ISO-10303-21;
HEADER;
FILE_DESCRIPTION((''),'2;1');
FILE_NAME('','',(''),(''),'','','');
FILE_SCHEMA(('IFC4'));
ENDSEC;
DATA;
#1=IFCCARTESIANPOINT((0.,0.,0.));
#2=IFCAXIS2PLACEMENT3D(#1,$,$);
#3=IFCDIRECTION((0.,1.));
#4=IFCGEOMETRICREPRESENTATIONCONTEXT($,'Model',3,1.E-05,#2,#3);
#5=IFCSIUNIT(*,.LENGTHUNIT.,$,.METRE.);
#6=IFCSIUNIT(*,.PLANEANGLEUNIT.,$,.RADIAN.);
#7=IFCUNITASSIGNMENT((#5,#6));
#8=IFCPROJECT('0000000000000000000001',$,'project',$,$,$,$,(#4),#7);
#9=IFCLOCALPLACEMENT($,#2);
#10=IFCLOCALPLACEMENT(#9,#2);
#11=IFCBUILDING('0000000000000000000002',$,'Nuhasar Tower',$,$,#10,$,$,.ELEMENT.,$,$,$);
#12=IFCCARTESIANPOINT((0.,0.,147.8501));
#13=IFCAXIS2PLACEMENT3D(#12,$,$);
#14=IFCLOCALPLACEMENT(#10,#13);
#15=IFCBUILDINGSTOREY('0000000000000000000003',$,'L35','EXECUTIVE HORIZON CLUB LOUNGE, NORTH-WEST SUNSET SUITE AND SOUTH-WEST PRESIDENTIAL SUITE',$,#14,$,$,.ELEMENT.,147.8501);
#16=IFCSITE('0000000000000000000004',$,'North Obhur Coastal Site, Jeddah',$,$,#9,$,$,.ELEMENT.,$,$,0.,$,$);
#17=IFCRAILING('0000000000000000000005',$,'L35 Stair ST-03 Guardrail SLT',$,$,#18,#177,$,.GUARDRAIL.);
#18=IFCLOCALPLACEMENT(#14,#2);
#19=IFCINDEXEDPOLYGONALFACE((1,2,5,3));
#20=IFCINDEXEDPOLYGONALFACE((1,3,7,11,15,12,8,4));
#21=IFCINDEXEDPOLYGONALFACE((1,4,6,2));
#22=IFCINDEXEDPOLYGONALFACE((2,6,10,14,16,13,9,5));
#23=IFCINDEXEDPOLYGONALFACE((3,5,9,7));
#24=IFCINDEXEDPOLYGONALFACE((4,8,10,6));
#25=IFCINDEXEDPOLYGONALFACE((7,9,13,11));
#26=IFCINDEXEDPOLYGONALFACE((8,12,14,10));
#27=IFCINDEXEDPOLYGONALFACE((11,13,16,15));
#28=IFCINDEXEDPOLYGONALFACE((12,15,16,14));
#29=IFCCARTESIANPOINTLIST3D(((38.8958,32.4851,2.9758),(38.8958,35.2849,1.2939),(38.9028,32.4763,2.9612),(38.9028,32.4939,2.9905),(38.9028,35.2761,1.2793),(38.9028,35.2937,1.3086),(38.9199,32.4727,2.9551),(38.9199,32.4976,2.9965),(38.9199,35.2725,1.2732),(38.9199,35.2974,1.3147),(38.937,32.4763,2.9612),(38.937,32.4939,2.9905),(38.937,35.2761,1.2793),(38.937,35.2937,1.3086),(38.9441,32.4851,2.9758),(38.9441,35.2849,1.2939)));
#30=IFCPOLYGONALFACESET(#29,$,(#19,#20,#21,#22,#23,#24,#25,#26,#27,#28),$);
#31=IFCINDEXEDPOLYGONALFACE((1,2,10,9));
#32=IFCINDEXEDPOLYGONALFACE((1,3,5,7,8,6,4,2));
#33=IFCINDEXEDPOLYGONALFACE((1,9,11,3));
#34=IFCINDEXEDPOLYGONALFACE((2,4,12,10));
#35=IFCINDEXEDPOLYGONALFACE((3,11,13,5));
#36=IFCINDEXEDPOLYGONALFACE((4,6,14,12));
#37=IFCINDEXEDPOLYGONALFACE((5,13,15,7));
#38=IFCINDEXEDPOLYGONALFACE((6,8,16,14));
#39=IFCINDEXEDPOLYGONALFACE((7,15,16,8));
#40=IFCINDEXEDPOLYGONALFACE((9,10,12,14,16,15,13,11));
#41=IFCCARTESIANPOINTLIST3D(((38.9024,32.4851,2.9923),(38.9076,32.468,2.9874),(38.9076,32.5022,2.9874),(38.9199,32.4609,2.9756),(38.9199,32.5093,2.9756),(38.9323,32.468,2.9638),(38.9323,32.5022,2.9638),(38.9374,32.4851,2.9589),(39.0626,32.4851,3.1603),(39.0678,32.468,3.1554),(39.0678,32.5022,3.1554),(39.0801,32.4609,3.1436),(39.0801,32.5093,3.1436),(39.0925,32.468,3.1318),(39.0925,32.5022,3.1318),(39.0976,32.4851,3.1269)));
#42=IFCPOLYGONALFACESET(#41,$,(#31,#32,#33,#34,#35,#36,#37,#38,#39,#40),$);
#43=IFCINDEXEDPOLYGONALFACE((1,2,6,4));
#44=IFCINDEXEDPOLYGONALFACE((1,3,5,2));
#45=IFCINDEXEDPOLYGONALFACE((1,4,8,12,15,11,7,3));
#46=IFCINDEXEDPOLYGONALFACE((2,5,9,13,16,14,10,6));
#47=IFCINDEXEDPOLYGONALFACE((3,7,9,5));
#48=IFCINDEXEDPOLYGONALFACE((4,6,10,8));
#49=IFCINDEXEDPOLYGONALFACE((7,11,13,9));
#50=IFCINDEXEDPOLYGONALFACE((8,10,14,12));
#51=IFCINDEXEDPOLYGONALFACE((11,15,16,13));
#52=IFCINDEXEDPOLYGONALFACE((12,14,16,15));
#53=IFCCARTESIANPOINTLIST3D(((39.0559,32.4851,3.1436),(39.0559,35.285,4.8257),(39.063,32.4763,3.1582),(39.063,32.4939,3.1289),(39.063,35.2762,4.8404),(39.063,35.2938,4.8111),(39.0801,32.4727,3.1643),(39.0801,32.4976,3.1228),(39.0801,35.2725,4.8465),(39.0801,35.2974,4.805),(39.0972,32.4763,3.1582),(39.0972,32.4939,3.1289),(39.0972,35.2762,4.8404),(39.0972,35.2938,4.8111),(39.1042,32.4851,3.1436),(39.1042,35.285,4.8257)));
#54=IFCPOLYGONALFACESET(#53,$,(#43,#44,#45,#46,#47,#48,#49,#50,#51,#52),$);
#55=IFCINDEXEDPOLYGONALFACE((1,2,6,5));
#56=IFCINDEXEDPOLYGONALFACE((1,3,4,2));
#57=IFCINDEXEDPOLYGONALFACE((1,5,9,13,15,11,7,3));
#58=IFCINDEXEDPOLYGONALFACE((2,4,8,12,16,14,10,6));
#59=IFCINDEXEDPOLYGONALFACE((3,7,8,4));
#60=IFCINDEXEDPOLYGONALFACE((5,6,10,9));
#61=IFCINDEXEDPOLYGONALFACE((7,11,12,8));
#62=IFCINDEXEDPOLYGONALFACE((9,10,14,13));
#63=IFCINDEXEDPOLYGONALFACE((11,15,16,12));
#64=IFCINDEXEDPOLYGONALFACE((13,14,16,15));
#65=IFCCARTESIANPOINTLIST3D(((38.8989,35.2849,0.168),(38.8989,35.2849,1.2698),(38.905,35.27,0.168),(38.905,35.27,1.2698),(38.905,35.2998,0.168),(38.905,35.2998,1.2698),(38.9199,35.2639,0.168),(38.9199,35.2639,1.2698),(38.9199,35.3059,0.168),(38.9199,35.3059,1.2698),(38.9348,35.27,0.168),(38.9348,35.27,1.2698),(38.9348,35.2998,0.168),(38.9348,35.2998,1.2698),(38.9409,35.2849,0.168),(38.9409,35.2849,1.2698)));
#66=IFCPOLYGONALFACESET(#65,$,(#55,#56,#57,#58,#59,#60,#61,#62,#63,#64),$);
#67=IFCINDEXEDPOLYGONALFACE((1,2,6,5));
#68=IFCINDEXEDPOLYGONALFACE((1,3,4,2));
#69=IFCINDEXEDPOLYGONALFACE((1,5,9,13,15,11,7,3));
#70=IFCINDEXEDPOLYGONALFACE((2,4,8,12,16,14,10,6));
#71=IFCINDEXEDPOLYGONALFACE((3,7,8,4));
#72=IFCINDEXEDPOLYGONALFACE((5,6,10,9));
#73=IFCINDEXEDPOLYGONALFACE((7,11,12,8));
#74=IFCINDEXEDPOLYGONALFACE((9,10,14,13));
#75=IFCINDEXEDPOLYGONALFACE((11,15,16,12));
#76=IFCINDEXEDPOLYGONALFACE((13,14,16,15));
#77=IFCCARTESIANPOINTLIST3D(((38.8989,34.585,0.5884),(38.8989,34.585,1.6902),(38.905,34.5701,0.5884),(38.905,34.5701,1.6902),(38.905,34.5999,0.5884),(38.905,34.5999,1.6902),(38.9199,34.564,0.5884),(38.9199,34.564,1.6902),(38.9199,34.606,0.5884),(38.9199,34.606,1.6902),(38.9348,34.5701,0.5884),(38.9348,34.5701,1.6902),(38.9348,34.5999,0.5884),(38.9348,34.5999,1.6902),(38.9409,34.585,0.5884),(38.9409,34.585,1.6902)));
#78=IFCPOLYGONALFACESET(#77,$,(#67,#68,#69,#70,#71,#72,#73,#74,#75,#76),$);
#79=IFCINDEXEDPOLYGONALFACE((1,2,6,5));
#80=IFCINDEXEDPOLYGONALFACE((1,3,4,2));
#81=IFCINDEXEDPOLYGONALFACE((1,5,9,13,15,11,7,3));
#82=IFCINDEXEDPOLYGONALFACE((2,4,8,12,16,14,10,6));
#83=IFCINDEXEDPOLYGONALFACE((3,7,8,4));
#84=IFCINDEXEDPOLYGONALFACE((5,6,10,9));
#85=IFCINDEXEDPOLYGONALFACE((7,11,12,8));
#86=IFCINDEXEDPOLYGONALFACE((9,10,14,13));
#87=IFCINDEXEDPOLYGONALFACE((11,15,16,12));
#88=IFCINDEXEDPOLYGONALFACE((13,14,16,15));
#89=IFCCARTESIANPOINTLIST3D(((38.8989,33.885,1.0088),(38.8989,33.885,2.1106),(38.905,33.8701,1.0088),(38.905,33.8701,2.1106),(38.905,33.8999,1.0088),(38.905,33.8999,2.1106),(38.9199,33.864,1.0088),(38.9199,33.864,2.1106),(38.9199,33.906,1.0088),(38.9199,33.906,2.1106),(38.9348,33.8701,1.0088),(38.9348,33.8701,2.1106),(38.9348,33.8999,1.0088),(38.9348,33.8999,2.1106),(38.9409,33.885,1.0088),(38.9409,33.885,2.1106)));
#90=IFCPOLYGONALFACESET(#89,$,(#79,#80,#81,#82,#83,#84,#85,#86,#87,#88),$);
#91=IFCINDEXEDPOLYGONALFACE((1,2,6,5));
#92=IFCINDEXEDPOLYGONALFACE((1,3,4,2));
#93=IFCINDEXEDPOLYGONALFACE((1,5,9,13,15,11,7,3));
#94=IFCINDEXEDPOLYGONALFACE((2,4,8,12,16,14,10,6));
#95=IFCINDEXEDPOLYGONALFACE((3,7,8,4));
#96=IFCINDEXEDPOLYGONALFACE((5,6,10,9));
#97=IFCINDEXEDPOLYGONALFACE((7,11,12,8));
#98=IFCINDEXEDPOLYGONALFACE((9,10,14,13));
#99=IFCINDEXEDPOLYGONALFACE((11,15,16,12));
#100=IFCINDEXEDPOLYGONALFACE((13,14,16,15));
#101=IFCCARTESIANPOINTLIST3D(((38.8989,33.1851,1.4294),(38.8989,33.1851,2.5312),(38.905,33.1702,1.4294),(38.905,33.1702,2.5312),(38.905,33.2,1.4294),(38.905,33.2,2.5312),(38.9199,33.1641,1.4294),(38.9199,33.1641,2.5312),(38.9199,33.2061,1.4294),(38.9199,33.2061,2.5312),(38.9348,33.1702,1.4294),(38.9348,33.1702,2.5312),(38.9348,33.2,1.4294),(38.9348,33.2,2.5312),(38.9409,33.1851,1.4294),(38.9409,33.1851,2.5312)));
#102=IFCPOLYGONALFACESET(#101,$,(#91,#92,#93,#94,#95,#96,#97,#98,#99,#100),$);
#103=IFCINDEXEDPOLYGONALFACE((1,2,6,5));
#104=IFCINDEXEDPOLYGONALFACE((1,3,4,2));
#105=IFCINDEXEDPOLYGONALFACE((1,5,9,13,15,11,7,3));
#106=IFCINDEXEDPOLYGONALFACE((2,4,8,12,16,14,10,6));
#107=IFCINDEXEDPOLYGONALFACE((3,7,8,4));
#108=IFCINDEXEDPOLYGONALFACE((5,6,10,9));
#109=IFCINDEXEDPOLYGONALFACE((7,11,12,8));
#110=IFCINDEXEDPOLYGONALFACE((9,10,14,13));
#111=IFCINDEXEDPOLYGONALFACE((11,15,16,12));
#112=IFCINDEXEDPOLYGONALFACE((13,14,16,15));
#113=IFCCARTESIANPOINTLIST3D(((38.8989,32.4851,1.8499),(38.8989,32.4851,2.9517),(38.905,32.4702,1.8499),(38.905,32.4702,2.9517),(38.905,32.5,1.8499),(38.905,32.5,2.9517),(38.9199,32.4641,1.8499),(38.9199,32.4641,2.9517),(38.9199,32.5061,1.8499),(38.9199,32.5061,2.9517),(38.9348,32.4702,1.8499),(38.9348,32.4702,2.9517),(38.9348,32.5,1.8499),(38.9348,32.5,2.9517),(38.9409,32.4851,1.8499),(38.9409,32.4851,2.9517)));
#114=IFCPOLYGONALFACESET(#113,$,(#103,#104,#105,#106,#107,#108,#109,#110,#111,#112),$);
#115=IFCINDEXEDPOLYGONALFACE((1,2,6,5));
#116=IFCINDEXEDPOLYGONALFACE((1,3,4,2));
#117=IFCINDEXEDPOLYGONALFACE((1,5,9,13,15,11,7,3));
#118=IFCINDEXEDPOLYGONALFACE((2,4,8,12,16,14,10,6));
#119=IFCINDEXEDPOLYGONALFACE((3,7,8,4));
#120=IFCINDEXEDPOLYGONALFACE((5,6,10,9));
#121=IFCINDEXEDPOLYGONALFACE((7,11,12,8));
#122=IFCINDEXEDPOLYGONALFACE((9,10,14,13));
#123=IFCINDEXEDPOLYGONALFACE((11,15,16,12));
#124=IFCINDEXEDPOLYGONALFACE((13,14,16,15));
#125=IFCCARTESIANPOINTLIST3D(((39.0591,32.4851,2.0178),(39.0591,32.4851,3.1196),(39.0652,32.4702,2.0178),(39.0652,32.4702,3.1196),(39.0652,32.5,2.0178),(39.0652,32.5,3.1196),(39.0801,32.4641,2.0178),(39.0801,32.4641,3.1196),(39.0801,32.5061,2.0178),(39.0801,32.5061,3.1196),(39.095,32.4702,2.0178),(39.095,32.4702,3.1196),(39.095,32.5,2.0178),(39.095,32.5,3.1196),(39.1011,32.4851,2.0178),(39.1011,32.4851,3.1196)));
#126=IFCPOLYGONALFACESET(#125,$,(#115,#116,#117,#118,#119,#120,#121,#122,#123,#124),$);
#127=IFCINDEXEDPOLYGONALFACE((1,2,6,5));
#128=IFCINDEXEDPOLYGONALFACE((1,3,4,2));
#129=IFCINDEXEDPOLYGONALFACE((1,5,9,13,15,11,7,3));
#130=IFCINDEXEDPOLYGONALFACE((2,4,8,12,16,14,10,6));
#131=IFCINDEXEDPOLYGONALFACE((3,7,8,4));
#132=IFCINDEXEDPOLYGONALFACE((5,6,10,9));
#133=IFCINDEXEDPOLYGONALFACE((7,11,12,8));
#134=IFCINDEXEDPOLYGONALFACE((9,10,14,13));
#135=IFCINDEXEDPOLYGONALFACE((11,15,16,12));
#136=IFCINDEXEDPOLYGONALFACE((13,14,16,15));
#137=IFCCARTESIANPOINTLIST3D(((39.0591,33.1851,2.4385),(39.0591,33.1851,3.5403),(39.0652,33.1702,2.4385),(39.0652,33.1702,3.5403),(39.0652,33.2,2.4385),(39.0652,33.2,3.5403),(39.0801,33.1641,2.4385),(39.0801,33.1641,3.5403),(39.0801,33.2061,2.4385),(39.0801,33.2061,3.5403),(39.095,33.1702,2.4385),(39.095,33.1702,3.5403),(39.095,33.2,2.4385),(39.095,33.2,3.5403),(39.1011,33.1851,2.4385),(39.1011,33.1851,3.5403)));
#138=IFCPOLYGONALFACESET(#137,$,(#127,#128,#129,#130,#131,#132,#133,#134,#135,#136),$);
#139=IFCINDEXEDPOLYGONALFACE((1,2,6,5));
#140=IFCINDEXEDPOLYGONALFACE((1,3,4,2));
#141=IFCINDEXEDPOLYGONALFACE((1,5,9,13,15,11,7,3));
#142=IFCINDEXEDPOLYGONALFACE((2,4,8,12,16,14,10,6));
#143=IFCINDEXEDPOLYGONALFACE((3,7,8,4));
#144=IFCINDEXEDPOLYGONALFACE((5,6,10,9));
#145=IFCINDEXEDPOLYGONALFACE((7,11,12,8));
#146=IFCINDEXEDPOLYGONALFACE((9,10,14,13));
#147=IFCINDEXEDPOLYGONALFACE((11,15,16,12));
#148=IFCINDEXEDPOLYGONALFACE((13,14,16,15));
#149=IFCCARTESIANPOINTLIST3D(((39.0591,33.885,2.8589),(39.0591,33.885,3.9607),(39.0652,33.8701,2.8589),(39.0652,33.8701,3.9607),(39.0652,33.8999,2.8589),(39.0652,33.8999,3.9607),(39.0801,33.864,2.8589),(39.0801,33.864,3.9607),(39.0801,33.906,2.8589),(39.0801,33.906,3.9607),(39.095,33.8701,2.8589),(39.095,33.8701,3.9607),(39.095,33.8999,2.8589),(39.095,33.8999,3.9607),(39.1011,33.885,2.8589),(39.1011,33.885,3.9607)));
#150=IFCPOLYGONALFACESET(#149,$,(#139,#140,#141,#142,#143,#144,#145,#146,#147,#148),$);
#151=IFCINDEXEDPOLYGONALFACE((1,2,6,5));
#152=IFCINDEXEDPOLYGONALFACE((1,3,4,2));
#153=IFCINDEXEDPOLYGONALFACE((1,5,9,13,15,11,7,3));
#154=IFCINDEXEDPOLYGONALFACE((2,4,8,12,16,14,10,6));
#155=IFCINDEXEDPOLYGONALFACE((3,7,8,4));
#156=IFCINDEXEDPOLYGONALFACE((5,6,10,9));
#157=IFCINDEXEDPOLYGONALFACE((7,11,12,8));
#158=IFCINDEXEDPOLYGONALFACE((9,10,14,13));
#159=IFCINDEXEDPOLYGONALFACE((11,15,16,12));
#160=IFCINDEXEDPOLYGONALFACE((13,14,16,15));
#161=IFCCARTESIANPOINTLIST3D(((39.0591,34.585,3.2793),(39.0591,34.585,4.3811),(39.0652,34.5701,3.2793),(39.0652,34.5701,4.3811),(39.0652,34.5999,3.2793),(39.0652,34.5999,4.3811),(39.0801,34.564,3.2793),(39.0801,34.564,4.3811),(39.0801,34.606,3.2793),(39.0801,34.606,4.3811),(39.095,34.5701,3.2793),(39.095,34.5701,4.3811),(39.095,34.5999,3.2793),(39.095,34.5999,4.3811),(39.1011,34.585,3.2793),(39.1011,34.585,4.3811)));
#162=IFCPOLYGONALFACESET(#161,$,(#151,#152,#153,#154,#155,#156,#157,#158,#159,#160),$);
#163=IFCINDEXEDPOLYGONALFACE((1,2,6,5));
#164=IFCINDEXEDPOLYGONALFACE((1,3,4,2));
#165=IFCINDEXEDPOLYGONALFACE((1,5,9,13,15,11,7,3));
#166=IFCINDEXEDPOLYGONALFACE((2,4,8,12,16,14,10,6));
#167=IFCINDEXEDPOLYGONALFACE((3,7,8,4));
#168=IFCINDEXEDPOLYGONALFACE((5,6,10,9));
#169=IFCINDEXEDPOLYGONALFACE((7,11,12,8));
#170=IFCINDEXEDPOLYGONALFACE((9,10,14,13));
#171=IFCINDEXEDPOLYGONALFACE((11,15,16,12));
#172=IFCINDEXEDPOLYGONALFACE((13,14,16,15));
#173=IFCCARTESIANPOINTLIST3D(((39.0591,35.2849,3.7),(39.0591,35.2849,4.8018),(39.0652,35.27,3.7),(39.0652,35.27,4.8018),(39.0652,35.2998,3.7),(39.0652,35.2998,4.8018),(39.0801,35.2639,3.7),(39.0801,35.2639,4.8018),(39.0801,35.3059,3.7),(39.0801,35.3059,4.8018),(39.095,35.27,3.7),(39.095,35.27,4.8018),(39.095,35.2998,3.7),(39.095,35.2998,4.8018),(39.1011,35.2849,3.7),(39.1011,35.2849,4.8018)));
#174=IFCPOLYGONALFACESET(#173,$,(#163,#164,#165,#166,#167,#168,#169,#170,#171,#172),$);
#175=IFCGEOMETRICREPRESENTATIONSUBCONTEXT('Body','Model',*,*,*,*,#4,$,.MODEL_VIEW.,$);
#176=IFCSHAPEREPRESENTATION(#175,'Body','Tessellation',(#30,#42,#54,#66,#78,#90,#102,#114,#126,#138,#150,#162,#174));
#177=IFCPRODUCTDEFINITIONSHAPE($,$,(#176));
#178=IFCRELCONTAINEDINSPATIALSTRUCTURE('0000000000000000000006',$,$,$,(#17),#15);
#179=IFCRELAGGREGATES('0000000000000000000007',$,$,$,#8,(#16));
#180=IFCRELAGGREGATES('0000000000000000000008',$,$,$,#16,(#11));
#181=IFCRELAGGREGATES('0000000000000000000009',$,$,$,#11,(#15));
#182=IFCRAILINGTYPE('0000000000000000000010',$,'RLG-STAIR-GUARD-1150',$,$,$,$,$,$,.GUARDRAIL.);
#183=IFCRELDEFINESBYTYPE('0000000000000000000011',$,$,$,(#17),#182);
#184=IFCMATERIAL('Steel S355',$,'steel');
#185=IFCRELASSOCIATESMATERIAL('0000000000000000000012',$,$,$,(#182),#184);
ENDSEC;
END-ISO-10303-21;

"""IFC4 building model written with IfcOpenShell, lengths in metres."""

from ifc_helpers import new_model, si_unit, direction, frame, origin, place, context, subcontext, project, spatial, polyline, outline, extrude, material, type_object, element, save


model = new_model("IFC4")

# Units and contexts
model_context = context("Model", 3, precision=1e-05, world=origin(), true_north=direction((0.0, 1.0)))
body_context = subcontext(model_context, "Body", "Model", "MODEL_VIEW")
ifc_project = project(units=[si_unit("LENGTHUNIT", "METRE"), si_unit("PLANEANGLEUNIT", "RADIAN")], contexts=[model_context])

# Site, building, storey
site_placement = place(None, origin())
site = spatial("IfcSite", under=ifc_project, at=site_placement, Name="North Obhur Coastal Site, Jeddah", CompositionType="ELEMENT", RefElevation=0.0)
building_placement = place(site_placement, origin())
building = spatial("IfcBuilding", under=site, at=building_placement, Name="Nuhasar Tower", CompositionType="ELEMENT")
storey_placement = place(building_placement, frame((0.0, 0.0, 147.8501)))
storey = spatial("IfcBuildingStorey", under=building, at=storey_placement, Name="L35", Description="EXECUTIVE HORIZON CLUB LOUNGE, NORTH-WEST SUNSET SUITE AND SOUTH-WEST PRESIDENTIAL SUITE", CompositionType="ELEMENT", Elevation=147.8501)

# Shared definitions
ifc_material_1 = material(Name="Steel S355", Category="steel")

# Railing
railing_type_1 = type_object("IfcRailingType", Name="RLG-STAIR-GUARD-1150", PredefinedType="GUARDRAIL", material=ifc_material_1)
railing_1_placement = place(storey_placement, frame((38.9199, 35.2849, 0.168)))
element("IfcRailing", 1, at=railing_1_placement, inside=storey, type_object=railing_type_1, Name="L35 Stair ST-03 Guardrail SLT", PredefinedType="GUARDRAIL", context=body_context, shape_type="SweptSolid", body=[
    extrude(outline(polyline([(0.0242, 0.0), (0.0171, 0.0171), (0.0, 0.0242), (-0.0171, 0.0171), (-0.0242, 0.0), (-0.0171, -0.0171), (0.0, -0.0242), (0.0171, -0.0171), (0.0242, 0.0)])), frame((0.0, 0.0, 1.126), z_axis=(0.0, -0.857222, 0.514946), x_axis=(1.0, 0.0, 0.0)), (0.0, 0.0, 1.0), 3.2661),
    extrude(outline(polyline([(0.0242, 0.0), (0.0171, 0.0171), (0.0, 0.0242), (-0.0171, 0.0171), (-0.0242, 0.0), (-0.0171, -0.0171), (0.0, -0.0242), (0.0171, -0.0171), (0.0242, 0.0)])), frame((0.0, -2.7998, 2.8076), z_axis=(0.690075, 0.0, 0.723738), x_axis=(0.0, 1.0, 0.0)), (0.0, 0.0, 1.0), 0.2322),
    extrude(outline(polyline([(0.0242, 0.0), (0.0171, 0.0171), (0.0, 0.0242), (-0.0171, 0.0171), (-0.0242, 0.0), (-0.0171, -0.0171), (0.0, -0.0242), (0.0171, -0.0171), (0.0242, 0.0)])), frame((0.1602, -2.7998, 2.9756), z_axis=(0.0, 0.857189, 0.515001), x_axis=(-1.0, 0.0, 0.0)), (0.0, 0.0, 1.0), 3.2664),
    extrude(outline(polyline([(0.021, 0.0), (0.0149, 0.0149), (0.0, 0.021), (-0.0149, 0.0149), (-0.021, 0.0), (-0.0149, -0.0149), (0.0, -0.021), (0.0149, -0.0149), (0.021, 0.0)])), origin(), (0.0, 0.0, 1.0), 1.1018),
    extrude(outline(polyline([(0.021, 0.0), (0.0149, 0.0149), (0.0, 0.021), (-0.0149, 0.0149), (-0.021, 0.0), (-0.0149, -0.0149), (0.0, -0.021), (0.0149, -0.0149), (0.021, 0.0)])), frame((0.0, -0.7, 0.4204)), (0.0, 0.0, 1.0), 1.1018),
    extrude(outline(polyline([(0.021, 0.0), (0.0149, 0.0149), (0.0, 0.021), (-0.0149, 0.0149), (-0.021, 0.0), (-0.0149, -0.0149), (0.0, -0.021), (0.0149, -0.0149), (0.021, 0.0)])), frame((0.0, -1.3999, 0.8408)), (0.0, 0.0, 1.0), 1.1018),
    extrude(outline(polyline([(0.021, 0.0), (0.0149, 0.0149), (0.0, 0.021), (-0.0149, 0.0149), (-0.021, 0.0), (-0.0149, -0.0149), (0.0, -0.021), (0.0149, -0.0149), (0.021, 0.0)])), frame((0.0, -2.0999, 1.2615)), (0.0, 0.0, 1.0), 1.1018),
    extrude(outline(polyline([(0.021, 0.0), (0.0149, 0.0149), (0.0, 0.021), (-0.0149, 0.0149), (-0.021, 0.0), (-0.0149, -0.0149), (0.0, -0.021), (0.0149, -0.0149), (0.021, 0.0)])), frame((0.0, -2.7998, 1.6819)), (0.0, 0.0, 1.0), 1.1018),
    extrude(outline(polyline([(0.021, 0.0), (0.0149, 0.0149), (0.0, 0.021), (-0.0149, 0.0149), (-0.021, 0.0), (-0.0149, -0.0149), (0.0, -0.021), (0.0149, -0.0149), (0.021, 0.0)])), frame((0.1602, -2.7998, 1.8499)), (0.0, 0.0, 1.0), 1.1018),
    extrude(outline(polyline([(0.021, 0.0), (0.0149, 0.0149), (0.0, 0.021), (-0.0149, 0.0149), (-0.021, 0.0), (-0.0149, -0.0149), (0.0, -0.021), (0.0149, -0.0149), (0.021, 0.0)])), frame((0.1602, -2.0999, 2.2705)), (0.0, 0.0, 1.0), 1.1018),
    extrude(outline(polyline([(0.021, 0.0), (0.0149, 0.0149), (0.0, 0.021), (-0.0149, 0.0149), (-0.021, 0.0), (-0.0149, -0.0149), (0.0, -0.021), (0.0149, -0.0149), (0.021, 0.0)])), frame((0.1602, -1.3999, 2.6909)), (0.0, 0.0, 1.0), 1.1018),
    extrude(outline(polyline([(0.021, 0.0), (0.0149, 0.0149), (0.0, 0.021), (-0.0149, 0.0149), (-0.021, 0.0), (-0.0149, -0.0149), (0.0, -0.021), (0.0149, -0.0149), (0.021, 0.0)])), frame((0.1602, -0.7, 3.1113)), (0.0, 0.0, 1.0), 1.1018),
    extrude(outline(polyline([(0.021, 0.0), (0.0149, 0.0149), (0.0, 0.021), (-0.0149, 0.0149), (-0.021, 0.0), (-0.0149, -0.0149), (0.0, -0.021), (0.0149, -0.0149), (0.021, 0.0)])), frame((0.1602, 0.0, 3.532)), (0.0, 0.0, 1.0), 1.1018),
])

save(model, "model.ifc")
